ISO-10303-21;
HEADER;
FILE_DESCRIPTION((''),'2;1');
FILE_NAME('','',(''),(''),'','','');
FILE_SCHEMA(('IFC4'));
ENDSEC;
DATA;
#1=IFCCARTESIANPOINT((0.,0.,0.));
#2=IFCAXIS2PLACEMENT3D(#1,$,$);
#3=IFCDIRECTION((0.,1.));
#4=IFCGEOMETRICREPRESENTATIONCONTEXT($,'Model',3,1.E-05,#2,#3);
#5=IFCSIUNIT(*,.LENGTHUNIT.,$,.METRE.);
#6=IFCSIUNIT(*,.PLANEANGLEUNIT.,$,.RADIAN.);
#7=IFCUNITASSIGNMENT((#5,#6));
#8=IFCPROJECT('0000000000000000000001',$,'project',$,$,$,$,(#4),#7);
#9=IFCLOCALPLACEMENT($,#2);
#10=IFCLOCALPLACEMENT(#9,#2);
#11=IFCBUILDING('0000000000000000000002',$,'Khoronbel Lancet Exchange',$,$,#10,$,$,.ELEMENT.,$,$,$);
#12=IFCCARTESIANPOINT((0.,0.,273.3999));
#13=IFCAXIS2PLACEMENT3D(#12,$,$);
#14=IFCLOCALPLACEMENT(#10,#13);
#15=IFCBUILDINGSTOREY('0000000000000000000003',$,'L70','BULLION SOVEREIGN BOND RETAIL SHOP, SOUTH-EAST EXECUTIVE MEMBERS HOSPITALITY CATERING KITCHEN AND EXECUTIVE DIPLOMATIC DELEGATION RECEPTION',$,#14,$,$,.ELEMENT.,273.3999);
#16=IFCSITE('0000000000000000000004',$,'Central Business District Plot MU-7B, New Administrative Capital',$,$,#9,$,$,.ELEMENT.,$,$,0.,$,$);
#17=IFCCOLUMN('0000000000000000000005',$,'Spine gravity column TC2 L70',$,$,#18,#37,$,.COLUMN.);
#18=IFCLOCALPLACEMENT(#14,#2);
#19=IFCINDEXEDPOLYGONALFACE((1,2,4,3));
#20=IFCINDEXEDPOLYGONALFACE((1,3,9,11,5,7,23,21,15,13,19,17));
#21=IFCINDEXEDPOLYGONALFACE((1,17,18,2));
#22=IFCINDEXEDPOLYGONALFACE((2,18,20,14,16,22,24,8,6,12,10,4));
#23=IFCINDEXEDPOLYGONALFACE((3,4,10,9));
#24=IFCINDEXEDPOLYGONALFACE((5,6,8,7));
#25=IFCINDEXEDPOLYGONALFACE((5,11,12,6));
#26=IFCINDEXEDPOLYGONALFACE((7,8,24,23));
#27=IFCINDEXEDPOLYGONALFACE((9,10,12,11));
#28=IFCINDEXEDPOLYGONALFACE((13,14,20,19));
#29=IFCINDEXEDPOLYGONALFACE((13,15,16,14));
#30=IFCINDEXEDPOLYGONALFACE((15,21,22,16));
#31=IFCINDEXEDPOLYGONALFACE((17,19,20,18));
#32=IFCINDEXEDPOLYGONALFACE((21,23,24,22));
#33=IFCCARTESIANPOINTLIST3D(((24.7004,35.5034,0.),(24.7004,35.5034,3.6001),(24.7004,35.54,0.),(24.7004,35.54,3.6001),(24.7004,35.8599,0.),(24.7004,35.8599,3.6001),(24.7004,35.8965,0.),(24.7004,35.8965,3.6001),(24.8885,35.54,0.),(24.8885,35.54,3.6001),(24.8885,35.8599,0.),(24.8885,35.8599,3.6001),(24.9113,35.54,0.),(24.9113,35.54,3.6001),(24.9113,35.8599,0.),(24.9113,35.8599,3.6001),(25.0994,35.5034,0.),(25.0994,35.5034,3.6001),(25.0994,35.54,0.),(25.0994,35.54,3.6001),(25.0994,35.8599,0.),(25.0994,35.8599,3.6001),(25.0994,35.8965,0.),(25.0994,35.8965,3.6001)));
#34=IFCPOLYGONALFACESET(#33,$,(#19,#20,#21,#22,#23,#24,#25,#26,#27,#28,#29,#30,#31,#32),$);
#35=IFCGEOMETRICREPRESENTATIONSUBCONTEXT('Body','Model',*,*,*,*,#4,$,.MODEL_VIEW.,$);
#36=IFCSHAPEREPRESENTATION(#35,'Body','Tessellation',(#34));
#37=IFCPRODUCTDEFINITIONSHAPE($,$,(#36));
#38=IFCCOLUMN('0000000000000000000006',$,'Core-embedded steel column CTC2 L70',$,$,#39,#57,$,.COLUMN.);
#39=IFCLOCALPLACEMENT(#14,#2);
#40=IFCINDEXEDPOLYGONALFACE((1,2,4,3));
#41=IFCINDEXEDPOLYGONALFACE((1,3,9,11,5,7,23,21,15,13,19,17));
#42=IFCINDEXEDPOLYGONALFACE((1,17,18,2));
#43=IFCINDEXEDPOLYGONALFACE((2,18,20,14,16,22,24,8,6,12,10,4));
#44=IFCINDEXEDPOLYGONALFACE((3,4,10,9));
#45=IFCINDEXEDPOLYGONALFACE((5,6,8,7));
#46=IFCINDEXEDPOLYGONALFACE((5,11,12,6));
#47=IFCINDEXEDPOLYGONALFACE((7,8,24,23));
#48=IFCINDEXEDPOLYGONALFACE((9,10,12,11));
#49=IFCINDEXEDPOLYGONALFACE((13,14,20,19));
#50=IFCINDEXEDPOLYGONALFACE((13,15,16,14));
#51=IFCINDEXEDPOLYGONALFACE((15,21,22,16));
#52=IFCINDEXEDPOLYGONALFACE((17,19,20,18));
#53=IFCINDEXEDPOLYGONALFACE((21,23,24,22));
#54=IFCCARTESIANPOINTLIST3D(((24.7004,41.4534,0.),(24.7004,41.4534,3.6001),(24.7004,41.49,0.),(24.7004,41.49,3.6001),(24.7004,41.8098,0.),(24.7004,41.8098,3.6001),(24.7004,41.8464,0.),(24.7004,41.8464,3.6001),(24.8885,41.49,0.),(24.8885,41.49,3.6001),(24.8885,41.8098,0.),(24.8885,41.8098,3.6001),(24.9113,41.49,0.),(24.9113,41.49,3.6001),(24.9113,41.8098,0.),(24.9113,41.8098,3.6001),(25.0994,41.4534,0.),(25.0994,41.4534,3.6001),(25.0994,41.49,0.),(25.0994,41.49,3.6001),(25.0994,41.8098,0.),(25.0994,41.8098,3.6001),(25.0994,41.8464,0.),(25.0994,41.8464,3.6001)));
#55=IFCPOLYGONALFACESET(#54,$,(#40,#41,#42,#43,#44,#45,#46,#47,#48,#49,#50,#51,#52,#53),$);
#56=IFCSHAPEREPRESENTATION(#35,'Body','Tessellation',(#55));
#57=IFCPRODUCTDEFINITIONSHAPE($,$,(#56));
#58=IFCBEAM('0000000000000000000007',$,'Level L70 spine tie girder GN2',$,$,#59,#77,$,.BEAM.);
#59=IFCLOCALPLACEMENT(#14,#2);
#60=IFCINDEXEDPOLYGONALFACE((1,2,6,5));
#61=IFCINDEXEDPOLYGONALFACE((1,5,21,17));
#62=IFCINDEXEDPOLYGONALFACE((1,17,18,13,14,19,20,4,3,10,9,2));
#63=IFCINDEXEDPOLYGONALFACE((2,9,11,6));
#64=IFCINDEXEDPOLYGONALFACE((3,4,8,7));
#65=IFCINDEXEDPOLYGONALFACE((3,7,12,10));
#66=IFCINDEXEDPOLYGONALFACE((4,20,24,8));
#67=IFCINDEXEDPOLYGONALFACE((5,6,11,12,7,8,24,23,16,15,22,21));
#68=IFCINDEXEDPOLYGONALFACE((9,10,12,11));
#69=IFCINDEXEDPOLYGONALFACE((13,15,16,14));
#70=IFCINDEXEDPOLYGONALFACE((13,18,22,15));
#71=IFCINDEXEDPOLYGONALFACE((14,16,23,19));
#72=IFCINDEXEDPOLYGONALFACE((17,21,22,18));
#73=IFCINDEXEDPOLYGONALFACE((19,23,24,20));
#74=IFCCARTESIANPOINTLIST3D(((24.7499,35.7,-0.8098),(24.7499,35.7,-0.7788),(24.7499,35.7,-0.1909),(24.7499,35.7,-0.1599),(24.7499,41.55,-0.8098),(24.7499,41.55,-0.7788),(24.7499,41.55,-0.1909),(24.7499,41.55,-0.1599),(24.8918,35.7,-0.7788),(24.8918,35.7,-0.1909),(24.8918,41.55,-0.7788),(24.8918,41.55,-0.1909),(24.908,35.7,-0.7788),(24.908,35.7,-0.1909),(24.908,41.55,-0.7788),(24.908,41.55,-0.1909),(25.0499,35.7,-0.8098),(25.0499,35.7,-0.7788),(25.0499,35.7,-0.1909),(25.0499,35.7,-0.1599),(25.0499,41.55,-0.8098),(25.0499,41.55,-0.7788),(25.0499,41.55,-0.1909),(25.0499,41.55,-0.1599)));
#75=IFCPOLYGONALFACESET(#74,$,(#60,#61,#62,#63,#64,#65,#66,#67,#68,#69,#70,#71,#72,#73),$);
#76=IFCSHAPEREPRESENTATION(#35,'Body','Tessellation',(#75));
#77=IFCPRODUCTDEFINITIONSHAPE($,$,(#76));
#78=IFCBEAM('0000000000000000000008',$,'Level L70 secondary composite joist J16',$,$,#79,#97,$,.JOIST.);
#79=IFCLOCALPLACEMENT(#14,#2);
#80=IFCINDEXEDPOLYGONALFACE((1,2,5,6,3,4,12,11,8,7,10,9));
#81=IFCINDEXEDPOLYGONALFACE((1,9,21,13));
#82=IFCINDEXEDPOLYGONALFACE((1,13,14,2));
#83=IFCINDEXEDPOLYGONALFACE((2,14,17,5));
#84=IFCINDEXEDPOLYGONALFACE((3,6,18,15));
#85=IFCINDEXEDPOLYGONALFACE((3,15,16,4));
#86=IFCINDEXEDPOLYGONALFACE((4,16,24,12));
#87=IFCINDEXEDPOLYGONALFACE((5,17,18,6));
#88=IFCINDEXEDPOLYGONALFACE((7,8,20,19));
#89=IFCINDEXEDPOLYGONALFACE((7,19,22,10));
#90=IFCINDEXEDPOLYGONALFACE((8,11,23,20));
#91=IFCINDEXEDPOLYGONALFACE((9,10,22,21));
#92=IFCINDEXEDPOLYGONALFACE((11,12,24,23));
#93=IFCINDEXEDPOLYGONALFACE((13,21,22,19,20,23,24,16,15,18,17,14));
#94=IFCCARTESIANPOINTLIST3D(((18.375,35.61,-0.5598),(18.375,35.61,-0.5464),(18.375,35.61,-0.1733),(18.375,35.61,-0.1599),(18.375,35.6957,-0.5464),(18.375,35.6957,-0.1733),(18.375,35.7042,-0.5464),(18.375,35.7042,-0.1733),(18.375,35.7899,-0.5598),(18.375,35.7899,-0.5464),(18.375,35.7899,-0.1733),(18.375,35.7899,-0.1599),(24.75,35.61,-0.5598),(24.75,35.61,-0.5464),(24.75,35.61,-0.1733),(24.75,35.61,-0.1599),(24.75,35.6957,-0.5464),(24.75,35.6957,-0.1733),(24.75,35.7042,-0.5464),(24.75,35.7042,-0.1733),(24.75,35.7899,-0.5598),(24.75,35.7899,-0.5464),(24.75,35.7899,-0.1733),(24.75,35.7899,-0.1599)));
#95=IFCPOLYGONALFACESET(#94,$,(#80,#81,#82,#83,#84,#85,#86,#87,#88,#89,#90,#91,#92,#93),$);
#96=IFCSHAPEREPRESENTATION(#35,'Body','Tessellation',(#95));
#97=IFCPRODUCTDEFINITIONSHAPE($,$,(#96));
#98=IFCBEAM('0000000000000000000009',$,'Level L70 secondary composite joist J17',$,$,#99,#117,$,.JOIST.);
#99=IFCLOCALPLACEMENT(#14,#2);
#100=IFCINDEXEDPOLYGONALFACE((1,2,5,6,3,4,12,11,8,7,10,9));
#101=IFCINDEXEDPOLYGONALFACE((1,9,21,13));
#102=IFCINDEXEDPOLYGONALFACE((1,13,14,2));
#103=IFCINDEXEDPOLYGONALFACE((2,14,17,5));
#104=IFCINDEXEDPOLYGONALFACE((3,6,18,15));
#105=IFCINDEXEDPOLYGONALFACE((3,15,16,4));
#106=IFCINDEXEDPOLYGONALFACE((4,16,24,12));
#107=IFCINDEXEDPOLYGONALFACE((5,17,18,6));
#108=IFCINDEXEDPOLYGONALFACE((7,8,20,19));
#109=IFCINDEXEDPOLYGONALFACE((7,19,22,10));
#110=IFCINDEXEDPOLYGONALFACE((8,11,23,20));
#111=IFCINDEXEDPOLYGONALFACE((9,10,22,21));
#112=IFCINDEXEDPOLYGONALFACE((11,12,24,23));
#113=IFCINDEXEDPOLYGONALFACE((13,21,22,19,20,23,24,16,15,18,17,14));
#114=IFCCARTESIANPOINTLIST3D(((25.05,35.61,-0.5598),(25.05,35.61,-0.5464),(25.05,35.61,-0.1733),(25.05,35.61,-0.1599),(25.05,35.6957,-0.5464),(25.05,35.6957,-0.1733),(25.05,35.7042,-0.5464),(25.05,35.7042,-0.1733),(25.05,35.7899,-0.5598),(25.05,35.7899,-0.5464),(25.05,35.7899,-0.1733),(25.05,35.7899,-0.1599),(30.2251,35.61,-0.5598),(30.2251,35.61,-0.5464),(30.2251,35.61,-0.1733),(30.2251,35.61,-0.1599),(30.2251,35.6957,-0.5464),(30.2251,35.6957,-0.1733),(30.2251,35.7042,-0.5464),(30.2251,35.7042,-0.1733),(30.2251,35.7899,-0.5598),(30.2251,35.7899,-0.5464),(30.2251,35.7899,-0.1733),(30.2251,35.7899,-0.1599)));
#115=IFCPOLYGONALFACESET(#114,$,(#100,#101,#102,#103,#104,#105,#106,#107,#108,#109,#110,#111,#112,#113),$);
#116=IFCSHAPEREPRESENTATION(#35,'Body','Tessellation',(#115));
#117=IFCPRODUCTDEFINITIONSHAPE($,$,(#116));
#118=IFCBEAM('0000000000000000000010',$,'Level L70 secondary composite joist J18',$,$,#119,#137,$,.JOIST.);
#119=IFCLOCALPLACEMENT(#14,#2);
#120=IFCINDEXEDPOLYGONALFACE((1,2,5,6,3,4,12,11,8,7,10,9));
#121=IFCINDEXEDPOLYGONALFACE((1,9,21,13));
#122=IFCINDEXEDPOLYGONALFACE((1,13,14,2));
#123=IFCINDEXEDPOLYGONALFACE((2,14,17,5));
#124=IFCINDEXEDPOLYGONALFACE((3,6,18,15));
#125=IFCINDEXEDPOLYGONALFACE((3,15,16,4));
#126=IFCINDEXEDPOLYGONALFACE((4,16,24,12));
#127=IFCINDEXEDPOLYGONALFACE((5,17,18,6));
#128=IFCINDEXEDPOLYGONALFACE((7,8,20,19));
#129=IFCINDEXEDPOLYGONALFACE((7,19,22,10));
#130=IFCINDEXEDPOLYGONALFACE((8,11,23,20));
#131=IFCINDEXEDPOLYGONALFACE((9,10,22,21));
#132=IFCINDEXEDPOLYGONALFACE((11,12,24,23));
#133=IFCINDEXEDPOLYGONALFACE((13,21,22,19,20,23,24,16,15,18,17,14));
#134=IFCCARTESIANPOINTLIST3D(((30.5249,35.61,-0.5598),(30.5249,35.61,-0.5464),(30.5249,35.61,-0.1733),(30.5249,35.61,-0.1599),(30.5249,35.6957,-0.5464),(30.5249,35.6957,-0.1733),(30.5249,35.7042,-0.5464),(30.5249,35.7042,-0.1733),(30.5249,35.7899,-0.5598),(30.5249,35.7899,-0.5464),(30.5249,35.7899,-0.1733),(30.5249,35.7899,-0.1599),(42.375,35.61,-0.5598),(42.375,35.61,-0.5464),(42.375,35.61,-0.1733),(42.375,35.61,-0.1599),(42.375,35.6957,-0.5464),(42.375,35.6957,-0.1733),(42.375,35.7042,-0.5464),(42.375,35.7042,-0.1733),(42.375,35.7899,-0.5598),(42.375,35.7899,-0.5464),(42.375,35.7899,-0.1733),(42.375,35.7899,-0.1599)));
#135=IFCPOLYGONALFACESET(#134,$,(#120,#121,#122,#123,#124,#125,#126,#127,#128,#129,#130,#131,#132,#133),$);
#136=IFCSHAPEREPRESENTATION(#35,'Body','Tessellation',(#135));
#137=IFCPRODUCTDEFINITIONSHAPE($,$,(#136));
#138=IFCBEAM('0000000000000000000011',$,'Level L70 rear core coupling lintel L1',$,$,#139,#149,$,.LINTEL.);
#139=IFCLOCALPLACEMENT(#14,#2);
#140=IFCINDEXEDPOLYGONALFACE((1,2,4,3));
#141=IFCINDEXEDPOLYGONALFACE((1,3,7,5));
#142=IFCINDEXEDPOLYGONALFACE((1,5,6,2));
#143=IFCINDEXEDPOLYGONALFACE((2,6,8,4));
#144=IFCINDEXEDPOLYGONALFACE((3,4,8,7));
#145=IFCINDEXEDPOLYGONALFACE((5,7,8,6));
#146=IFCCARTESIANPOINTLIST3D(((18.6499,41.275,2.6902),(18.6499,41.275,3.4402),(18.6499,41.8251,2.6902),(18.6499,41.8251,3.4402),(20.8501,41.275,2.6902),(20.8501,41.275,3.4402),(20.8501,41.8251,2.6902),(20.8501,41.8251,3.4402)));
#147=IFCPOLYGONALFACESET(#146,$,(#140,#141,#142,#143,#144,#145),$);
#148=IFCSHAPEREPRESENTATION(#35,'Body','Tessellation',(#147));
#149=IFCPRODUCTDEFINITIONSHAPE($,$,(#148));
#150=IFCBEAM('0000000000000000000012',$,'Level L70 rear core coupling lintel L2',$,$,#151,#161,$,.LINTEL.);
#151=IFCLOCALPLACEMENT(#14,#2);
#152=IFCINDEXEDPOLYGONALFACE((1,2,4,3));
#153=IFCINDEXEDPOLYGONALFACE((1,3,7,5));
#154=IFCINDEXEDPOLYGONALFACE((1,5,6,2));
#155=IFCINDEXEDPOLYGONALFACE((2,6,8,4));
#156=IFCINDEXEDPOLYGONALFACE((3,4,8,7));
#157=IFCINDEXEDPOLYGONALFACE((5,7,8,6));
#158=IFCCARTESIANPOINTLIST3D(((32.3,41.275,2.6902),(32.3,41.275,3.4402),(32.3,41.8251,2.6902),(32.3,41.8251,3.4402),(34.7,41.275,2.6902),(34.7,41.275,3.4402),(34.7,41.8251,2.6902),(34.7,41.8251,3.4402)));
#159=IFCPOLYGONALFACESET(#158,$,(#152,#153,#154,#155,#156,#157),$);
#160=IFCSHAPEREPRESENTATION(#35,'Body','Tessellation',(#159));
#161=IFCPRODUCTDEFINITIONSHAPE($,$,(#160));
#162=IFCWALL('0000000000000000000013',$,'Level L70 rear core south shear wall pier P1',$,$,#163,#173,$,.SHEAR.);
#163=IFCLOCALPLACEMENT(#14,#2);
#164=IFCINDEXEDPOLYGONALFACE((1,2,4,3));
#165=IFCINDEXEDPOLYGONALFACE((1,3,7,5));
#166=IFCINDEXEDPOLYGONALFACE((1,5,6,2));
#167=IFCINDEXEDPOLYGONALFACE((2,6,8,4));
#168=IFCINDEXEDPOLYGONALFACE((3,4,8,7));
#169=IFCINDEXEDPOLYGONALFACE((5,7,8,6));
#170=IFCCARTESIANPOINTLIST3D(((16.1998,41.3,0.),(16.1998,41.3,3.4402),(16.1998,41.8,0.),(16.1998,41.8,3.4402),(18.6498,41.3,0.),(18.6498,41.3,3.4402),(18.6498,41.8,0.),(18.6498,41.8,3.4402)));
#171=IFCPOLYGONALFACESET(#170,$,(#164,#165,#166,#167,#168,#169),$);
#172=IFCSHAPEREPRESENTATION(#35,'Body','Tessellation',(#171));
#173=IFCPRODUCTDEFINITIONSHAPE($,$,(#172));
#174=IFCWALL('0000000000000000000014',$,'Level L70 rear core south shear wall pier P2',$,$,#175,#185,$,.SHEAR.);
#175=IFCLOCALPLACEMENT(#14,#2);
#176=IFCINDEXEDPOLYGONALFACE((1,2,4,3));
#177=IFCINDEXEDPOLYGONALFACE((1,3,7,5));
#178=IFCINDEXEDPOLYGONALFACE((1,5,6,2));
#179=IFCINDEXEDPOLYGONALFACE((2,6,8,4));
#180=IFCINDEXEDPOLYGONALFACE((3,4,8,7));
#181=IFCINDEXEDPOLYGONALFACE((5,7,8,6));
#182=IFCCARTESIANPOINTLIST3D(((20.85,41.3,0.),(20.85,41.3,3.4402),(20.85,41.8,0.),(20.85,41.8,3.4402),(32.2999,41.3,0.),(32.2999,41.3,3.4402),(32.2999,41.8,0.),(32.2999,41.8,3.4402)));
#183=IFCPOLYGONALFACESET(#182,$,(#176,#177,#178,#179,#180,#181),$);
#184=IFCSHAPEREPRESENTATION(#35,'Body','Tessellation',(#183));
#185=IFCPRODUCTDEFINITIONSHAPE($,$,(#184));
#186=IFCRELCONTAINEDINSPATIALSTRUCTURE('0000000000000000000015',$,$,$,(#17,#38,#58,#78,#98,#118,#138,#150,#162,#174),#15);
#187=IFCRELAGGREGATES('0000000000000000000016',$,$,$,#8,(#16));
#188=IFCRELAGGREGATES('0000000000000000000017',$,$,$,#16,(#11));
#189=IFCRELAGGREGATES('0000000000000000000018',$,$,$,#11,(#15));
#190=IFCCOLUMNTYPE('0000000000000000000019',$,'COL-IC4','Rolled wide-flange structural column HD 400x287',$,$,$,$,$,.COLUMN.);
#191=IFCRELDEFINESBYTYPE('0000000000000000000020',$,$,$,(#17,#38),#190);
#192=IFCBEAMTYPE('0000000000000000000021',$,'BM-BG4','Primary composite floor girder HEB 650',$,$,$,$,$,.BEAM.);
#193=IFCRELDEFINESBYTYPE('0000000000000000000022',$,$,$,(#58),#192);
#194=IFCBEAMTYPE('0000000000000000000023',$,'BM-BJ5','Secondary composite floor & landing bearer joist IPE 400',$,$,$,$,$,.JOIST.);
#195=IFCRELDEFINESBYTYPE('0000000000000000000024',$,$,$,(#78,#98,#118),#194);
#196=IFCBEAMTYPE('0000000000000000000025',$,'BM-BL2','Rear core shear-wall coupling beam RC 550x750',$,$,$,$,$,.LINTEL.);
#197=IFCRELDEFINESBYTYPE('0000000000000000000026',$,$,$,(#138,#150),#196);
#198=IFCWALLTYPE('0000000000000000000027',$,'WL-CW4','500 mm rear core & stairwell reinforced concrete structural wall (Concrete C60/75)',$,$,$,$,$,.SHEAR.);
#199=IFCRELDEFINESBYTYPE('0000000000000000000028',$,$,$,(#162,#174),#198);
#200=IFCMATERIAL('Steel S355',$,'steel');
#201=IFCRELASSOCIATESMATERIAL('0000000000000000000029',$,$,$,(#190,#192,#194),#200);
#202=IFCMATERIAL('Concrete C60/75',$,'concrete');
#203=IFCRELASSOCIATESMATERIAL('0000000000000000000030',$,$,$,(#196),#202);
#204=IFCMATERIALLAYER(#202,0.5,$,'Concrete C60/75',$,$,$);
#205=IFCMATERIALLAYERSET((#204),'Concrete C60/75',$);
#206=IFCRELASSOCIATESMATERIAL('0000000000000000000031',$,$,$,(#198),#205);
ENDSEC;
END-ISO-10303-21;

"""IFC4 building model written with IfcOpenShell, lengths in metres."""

from ifc_helpers import new_model, si_unit, direction, frame, frame_2d, origin, origin_2d, place, context, subcontext, project, spatial, rectangle, i_section, extrude, material, layer, layer_set, material_profile, profile_set, type_object, element, save


model = new_model("IFC4")

# Units and contexts
model_context = context("Model", 3, precision=1e-05, world=origin(), true_north=direction((0.0, 1.0)))
body_context = subcontext(model_context, "Body", "Model", "MODEL_VIEW")
ifc_project = project(units=[si_unit("LENGTHUNIT", "METRE"), si_unit("PLANEANGLEUNIT", "RADIAN")], contexts=[model_context])

# Site, building, storey
site_placement = place(None, origin())
site = spatial("IfcSite", under=ifc_project, at=site_placement, Name="Central Business District Plot MU-7B, New Administrative Capital", CompositionType="ELEMENT", RefElevation=0.0)
building_placement = place(site_placement, origin())
building = spatial("IfcBuilding", under=site, at=building_placement, Name="Khoronbel Lancet Exchange", CompositionType="ELEMENT")
storey_placement = place(building_placement, frame((0.0, 0.0, 273.3999)))
storey = spatial("IfcBuildingStorey", under=building, at=storey_placement, Name="L70", Description="BULLION SOVEREIGN BOND RETAIL SHOP, SOUTH-EAST EXECUTIVE MEMBERS HOSPITALITY CATERING KITCHEN AND EXECUTIVE DIPLOMATIC DELEGATION RECEPTION", CompositionType="ELEMENT", Elevation=273.3999)

# Columns
ifc_material_1 = material(Name="Steel S355", Category="steel")
ifc_material_profile_1 = material_profile(ifc_material_1, i_section(OverallWidth=0.3989, OverallDepth=0.3931, WebThickness=0.0227, FlangeThickness=0.0366, at=origin_2d()), Name="HD 400x287")
ifc_profile_set_1 = profile_set([ifc_material_profile_1], Name="Steel S355")
column_type = type_object("IfcColumnType", Name="COL-IC4", Description="Rolled wide-flange structural column HD 400x287", PredefinedType="COLUMN", material=ifc_profile_set_1)
for number, where, z_axis, x_axis, name in (
    (1, (24.8999, 35.7, 0.0), (0.0, 0.0, 1.0), (1.0, 0.0, 0.0), "Spine gravity column TC2 L70"),
    (2, (24.8999, 41.6499, 0.0), (0.0, 0.0, 1.0), (1.0, 0.0, 0.0), "Core-embedded steel column CTC2 L70"),
):
    element("IfcColumn", number, at=place(storey_placement, frame(where, z_axis=z_axis, x_axis=x_axis)), inside=storey, type_object=column_type, Name=name, PredefinedType="COLUMN", context=body_context, shape_type="SweptSolid", body=[
        extrude(i_section(OverallWidth=0.3989, OverallDepth=0.3931, WebThickness=0.0227, FlangeThickness=0.0366, at=origin_2d()), origin(), (0.0, 0.0, 1.0), 3.6001),
    ])

# Beams
ifc_material_profile_2 = material_profile(ifc_material_1, i_section(OverallWidth=0.3, OverallDepth=0.6499, WebThickness=0.0161, FlangeThickness=0.031, at=origin_2d()), Name="HEB 650")
ifc_profile_set_2 = profile_set([ifc_material_profile_2], Name="Steel S355")
beam_type_1 = type_object("IfcBeamType", Name="BM-BG4", Description="Primary composite floor girder HEB 650", PredefinedType="BEAM", material=ifc_profile_set_2)
beam_1_placement = place(storey_placement, frame((24.8999, 35.7, -0.4849), z_axis=(0.0, 1.0, 0.0), x_axis=(-1.0, 0.0, 0.0)))
element("IfcBeam", 3, at=beam_1_placement, inside=storey, type_object=beam_type_1, Name="Level L70 spine tie girder GN2", PredefinedType="BEAM", context=body_context, shape_type="SweptSolid", body=[
    extrude(i_section(OverallWidth=0.3, OverallDepth=0.6499, WebThickness=0.0161, FlangeThickness=0.031, at=origin_2d()), origin(), (0.0, 0.0, 1.0), 5.8501),
])
ifc_material_profile_3 = material_profile(ifc_material_1, i_section(OverallWidth=0.1799, OverallDepth=0.3999, WebThickness=0.0085, FlangeThickness=0.0134, at=origin_2d()), Name="IPE 400")
ifc_profile_set_3 = profile_set([ifc_material_profile_3], Name="Steel S355")
beam_type_2 = type_object("IfcBeamType", Name="BM-BJ5", Description="Secondary composite floor & landing bearer joist IPE 400", PredefinedType="JOIST", material=ifc_profile_set_3)
beam_2_placement = place(storey_placement, frame((18.375, 35.7, -0.3599), z_axis=(1.0, 0.0, 0.0), x_axis=(0.0, 1.0, 0.0)))
element("IfcBeam", 4, at=beam_2_placement, inside=storey, type_object=beam_type_2, Name="Level L70 secondary composite joist J16", PredefinedType="JOIST", context=body_context, shape_type="SweptSolid", body=[
    extrude(i_section(OverallWidth=0.1799, OverallDepth=0.3999, WebThickness=0.0085, FlangeThickness=0.0134, at=origin_2d()), origin(), (0.0, 0.0, 1.0), 6.375),
])
beam_3_placement = place(storey_placement, frame((25.05, 35.7, -0.3599), z_axis=(1.0, 0.0, 0.0), x_axis=(0.0, 1.0, 0.0)))
element("IfcBeam", 5, at=beam_3_placement, inside=storey, type_object=beam_type_2, Name="Level L70 secondary composite joist J17", PredefinedType="JOIST", context=body_context, shape_type="SweptSolid", body=[
    extrude(i_section(OverallWidth=0.1799, OverallDepth=0.3999, WebThickness=0.0085, FlangeThickness=0.0134, at=origin_2d()), origin(), (0.0, 0.0, 1.0), 5.175),
])
beam_4_placement = place(storey_placement, frame((30.5249, 35.7, -0.3599), z_axis=(1.0, 0.0, 0.0), x_axis=(0.0, 1.0, 0.0)))
element("IfcBeam", 6, at=beam_4_placement, inside=storey, type_object=beam_type_2, Name="Level L70 secondary composite joist J18", PredefinedType="JOIST", context=body_context, shape_type="SweptSolid", body=[
    extrude(i_section(OverallWidth=0.1799, OverallDepth=0.3999, WebThickness=0.0085, FlangeThickness=0.0134, at=origin_2d()), origin(), (0.0, 0.0, 1.0), 11.8501),
])
ifc_material_2 = material(Name="Concrete C60/75", Category="concrete")
ifc_material_profile_4 = material_profile(ifc_material_2, rectangle(XDim=0.55, YDim=0.75, at=origin_2d()), Name="RC 550x750")
ifc_profile_set_4 = profile_set([ifc_material_profile_4], Name="Concrete C60/75")
beam_type_3 = type_object("IfcBeamType", Name="BM-BL2", Description="Rear core shear-wall coupling beam RC 550x750", PredefinedType="LINTEL", material=ifc_profile_set_4)
beam_5_placement = place(storey_placement, frame((18.6499, 41.55, 3.0652), z_axis=(1.0, 0.0, 0.0), x_axis=(0.0, 1.0, 0.0)))
element("IfcBeam", 7, at=beam_5_placement, inside=storey, type_object=beam_type_3, Name="Level L70 rear core coupling lintel L1", PredefinedType="LINTEL", context=body_context, shape_type="SweptSolid", body=[
    extrude(rectangle(XDim=0.55, YDim=0.75, at=origin_2d()), origin(), (0.0, 0.0, 1.0), 2.2002),
])
beam_6_placement = place(storey_placement, frame((32.3, 41.55, 3.0652), z_axis=(1.0, 0.0, 0.0), x_axis=(0.0, 1.0, 0.0)))
element("IfcBeam", 8, at=beam_6_placement, inside=storey, type_object=beam_type_3, Name="Level L70 rear core coupling lintel L2", PredefinedType="LINTEL", context=body_context, shape_type="SweptSolid", body=[
    extrude(rectangle(XDim=0.55, YDim=0.75, at=origin_2d()), origin(), (0.0, 0.0, 1.0), 2.3999),
])

# Walls
ifc_layer_1 = layer(ifc_material_2, 0.5, Name="Concrete C60/75")
ifc_layer_set_1 = layer_set([ifc_layer_1], Name="Concrete C60/75")
wall_type_1 = type_object("IfcWallType", Name="WL-CW4", Description="500 mm rear core & stairwell reinforced concrete structural wall (Concrete C60/75)", PredefinedType="SHEAR", material=ifc_layer_set_1)
wall_1_placement = place(storey_placement, frame((18.6499, 41.55, 0.0), z_axis=(0.0, 0.0, 1.0), x_axis=(-1.0, 0.0, 0.0)))
element("IfcWall", 9, at=wall_1_placement, inside=storey, type_object=wall_type_1, Name="Level L70 rear core south shear wall pier P1", PredefinedType="SHEAR", context=body_context, shape_type="SweptSolid", body=[
    extrude(rectangle(XDim=2.45, YDim=0.5, at=frame_2d((1.2251, 0.0))), origin(), (0.0, 0.0, 1.0), 3.4402),
])
wall_2_placement = place(storey_placement, frame((32.3, 41.55, 0.0), z_axis=(0.0, 0.0, 1.0), x_axis=(-1.0, 0.0, 0.0)))
element("IfcWall", 10, at=wall_2_placement, inside=storey, type_object=wall_type_1, Name="Level L70 rear core south shear wall pier P2", PredefinedType="SHEAR", context=body_context, shape_type="SweptSolid", body=[
    extrude(rectangle(XDim=11.45, YDim=0.5, at=frame_2d((5.7251, 0.0))), origin(), (0.0, 0.0, 1.0), 3.4402),
])

save(model, "model.ifc")
